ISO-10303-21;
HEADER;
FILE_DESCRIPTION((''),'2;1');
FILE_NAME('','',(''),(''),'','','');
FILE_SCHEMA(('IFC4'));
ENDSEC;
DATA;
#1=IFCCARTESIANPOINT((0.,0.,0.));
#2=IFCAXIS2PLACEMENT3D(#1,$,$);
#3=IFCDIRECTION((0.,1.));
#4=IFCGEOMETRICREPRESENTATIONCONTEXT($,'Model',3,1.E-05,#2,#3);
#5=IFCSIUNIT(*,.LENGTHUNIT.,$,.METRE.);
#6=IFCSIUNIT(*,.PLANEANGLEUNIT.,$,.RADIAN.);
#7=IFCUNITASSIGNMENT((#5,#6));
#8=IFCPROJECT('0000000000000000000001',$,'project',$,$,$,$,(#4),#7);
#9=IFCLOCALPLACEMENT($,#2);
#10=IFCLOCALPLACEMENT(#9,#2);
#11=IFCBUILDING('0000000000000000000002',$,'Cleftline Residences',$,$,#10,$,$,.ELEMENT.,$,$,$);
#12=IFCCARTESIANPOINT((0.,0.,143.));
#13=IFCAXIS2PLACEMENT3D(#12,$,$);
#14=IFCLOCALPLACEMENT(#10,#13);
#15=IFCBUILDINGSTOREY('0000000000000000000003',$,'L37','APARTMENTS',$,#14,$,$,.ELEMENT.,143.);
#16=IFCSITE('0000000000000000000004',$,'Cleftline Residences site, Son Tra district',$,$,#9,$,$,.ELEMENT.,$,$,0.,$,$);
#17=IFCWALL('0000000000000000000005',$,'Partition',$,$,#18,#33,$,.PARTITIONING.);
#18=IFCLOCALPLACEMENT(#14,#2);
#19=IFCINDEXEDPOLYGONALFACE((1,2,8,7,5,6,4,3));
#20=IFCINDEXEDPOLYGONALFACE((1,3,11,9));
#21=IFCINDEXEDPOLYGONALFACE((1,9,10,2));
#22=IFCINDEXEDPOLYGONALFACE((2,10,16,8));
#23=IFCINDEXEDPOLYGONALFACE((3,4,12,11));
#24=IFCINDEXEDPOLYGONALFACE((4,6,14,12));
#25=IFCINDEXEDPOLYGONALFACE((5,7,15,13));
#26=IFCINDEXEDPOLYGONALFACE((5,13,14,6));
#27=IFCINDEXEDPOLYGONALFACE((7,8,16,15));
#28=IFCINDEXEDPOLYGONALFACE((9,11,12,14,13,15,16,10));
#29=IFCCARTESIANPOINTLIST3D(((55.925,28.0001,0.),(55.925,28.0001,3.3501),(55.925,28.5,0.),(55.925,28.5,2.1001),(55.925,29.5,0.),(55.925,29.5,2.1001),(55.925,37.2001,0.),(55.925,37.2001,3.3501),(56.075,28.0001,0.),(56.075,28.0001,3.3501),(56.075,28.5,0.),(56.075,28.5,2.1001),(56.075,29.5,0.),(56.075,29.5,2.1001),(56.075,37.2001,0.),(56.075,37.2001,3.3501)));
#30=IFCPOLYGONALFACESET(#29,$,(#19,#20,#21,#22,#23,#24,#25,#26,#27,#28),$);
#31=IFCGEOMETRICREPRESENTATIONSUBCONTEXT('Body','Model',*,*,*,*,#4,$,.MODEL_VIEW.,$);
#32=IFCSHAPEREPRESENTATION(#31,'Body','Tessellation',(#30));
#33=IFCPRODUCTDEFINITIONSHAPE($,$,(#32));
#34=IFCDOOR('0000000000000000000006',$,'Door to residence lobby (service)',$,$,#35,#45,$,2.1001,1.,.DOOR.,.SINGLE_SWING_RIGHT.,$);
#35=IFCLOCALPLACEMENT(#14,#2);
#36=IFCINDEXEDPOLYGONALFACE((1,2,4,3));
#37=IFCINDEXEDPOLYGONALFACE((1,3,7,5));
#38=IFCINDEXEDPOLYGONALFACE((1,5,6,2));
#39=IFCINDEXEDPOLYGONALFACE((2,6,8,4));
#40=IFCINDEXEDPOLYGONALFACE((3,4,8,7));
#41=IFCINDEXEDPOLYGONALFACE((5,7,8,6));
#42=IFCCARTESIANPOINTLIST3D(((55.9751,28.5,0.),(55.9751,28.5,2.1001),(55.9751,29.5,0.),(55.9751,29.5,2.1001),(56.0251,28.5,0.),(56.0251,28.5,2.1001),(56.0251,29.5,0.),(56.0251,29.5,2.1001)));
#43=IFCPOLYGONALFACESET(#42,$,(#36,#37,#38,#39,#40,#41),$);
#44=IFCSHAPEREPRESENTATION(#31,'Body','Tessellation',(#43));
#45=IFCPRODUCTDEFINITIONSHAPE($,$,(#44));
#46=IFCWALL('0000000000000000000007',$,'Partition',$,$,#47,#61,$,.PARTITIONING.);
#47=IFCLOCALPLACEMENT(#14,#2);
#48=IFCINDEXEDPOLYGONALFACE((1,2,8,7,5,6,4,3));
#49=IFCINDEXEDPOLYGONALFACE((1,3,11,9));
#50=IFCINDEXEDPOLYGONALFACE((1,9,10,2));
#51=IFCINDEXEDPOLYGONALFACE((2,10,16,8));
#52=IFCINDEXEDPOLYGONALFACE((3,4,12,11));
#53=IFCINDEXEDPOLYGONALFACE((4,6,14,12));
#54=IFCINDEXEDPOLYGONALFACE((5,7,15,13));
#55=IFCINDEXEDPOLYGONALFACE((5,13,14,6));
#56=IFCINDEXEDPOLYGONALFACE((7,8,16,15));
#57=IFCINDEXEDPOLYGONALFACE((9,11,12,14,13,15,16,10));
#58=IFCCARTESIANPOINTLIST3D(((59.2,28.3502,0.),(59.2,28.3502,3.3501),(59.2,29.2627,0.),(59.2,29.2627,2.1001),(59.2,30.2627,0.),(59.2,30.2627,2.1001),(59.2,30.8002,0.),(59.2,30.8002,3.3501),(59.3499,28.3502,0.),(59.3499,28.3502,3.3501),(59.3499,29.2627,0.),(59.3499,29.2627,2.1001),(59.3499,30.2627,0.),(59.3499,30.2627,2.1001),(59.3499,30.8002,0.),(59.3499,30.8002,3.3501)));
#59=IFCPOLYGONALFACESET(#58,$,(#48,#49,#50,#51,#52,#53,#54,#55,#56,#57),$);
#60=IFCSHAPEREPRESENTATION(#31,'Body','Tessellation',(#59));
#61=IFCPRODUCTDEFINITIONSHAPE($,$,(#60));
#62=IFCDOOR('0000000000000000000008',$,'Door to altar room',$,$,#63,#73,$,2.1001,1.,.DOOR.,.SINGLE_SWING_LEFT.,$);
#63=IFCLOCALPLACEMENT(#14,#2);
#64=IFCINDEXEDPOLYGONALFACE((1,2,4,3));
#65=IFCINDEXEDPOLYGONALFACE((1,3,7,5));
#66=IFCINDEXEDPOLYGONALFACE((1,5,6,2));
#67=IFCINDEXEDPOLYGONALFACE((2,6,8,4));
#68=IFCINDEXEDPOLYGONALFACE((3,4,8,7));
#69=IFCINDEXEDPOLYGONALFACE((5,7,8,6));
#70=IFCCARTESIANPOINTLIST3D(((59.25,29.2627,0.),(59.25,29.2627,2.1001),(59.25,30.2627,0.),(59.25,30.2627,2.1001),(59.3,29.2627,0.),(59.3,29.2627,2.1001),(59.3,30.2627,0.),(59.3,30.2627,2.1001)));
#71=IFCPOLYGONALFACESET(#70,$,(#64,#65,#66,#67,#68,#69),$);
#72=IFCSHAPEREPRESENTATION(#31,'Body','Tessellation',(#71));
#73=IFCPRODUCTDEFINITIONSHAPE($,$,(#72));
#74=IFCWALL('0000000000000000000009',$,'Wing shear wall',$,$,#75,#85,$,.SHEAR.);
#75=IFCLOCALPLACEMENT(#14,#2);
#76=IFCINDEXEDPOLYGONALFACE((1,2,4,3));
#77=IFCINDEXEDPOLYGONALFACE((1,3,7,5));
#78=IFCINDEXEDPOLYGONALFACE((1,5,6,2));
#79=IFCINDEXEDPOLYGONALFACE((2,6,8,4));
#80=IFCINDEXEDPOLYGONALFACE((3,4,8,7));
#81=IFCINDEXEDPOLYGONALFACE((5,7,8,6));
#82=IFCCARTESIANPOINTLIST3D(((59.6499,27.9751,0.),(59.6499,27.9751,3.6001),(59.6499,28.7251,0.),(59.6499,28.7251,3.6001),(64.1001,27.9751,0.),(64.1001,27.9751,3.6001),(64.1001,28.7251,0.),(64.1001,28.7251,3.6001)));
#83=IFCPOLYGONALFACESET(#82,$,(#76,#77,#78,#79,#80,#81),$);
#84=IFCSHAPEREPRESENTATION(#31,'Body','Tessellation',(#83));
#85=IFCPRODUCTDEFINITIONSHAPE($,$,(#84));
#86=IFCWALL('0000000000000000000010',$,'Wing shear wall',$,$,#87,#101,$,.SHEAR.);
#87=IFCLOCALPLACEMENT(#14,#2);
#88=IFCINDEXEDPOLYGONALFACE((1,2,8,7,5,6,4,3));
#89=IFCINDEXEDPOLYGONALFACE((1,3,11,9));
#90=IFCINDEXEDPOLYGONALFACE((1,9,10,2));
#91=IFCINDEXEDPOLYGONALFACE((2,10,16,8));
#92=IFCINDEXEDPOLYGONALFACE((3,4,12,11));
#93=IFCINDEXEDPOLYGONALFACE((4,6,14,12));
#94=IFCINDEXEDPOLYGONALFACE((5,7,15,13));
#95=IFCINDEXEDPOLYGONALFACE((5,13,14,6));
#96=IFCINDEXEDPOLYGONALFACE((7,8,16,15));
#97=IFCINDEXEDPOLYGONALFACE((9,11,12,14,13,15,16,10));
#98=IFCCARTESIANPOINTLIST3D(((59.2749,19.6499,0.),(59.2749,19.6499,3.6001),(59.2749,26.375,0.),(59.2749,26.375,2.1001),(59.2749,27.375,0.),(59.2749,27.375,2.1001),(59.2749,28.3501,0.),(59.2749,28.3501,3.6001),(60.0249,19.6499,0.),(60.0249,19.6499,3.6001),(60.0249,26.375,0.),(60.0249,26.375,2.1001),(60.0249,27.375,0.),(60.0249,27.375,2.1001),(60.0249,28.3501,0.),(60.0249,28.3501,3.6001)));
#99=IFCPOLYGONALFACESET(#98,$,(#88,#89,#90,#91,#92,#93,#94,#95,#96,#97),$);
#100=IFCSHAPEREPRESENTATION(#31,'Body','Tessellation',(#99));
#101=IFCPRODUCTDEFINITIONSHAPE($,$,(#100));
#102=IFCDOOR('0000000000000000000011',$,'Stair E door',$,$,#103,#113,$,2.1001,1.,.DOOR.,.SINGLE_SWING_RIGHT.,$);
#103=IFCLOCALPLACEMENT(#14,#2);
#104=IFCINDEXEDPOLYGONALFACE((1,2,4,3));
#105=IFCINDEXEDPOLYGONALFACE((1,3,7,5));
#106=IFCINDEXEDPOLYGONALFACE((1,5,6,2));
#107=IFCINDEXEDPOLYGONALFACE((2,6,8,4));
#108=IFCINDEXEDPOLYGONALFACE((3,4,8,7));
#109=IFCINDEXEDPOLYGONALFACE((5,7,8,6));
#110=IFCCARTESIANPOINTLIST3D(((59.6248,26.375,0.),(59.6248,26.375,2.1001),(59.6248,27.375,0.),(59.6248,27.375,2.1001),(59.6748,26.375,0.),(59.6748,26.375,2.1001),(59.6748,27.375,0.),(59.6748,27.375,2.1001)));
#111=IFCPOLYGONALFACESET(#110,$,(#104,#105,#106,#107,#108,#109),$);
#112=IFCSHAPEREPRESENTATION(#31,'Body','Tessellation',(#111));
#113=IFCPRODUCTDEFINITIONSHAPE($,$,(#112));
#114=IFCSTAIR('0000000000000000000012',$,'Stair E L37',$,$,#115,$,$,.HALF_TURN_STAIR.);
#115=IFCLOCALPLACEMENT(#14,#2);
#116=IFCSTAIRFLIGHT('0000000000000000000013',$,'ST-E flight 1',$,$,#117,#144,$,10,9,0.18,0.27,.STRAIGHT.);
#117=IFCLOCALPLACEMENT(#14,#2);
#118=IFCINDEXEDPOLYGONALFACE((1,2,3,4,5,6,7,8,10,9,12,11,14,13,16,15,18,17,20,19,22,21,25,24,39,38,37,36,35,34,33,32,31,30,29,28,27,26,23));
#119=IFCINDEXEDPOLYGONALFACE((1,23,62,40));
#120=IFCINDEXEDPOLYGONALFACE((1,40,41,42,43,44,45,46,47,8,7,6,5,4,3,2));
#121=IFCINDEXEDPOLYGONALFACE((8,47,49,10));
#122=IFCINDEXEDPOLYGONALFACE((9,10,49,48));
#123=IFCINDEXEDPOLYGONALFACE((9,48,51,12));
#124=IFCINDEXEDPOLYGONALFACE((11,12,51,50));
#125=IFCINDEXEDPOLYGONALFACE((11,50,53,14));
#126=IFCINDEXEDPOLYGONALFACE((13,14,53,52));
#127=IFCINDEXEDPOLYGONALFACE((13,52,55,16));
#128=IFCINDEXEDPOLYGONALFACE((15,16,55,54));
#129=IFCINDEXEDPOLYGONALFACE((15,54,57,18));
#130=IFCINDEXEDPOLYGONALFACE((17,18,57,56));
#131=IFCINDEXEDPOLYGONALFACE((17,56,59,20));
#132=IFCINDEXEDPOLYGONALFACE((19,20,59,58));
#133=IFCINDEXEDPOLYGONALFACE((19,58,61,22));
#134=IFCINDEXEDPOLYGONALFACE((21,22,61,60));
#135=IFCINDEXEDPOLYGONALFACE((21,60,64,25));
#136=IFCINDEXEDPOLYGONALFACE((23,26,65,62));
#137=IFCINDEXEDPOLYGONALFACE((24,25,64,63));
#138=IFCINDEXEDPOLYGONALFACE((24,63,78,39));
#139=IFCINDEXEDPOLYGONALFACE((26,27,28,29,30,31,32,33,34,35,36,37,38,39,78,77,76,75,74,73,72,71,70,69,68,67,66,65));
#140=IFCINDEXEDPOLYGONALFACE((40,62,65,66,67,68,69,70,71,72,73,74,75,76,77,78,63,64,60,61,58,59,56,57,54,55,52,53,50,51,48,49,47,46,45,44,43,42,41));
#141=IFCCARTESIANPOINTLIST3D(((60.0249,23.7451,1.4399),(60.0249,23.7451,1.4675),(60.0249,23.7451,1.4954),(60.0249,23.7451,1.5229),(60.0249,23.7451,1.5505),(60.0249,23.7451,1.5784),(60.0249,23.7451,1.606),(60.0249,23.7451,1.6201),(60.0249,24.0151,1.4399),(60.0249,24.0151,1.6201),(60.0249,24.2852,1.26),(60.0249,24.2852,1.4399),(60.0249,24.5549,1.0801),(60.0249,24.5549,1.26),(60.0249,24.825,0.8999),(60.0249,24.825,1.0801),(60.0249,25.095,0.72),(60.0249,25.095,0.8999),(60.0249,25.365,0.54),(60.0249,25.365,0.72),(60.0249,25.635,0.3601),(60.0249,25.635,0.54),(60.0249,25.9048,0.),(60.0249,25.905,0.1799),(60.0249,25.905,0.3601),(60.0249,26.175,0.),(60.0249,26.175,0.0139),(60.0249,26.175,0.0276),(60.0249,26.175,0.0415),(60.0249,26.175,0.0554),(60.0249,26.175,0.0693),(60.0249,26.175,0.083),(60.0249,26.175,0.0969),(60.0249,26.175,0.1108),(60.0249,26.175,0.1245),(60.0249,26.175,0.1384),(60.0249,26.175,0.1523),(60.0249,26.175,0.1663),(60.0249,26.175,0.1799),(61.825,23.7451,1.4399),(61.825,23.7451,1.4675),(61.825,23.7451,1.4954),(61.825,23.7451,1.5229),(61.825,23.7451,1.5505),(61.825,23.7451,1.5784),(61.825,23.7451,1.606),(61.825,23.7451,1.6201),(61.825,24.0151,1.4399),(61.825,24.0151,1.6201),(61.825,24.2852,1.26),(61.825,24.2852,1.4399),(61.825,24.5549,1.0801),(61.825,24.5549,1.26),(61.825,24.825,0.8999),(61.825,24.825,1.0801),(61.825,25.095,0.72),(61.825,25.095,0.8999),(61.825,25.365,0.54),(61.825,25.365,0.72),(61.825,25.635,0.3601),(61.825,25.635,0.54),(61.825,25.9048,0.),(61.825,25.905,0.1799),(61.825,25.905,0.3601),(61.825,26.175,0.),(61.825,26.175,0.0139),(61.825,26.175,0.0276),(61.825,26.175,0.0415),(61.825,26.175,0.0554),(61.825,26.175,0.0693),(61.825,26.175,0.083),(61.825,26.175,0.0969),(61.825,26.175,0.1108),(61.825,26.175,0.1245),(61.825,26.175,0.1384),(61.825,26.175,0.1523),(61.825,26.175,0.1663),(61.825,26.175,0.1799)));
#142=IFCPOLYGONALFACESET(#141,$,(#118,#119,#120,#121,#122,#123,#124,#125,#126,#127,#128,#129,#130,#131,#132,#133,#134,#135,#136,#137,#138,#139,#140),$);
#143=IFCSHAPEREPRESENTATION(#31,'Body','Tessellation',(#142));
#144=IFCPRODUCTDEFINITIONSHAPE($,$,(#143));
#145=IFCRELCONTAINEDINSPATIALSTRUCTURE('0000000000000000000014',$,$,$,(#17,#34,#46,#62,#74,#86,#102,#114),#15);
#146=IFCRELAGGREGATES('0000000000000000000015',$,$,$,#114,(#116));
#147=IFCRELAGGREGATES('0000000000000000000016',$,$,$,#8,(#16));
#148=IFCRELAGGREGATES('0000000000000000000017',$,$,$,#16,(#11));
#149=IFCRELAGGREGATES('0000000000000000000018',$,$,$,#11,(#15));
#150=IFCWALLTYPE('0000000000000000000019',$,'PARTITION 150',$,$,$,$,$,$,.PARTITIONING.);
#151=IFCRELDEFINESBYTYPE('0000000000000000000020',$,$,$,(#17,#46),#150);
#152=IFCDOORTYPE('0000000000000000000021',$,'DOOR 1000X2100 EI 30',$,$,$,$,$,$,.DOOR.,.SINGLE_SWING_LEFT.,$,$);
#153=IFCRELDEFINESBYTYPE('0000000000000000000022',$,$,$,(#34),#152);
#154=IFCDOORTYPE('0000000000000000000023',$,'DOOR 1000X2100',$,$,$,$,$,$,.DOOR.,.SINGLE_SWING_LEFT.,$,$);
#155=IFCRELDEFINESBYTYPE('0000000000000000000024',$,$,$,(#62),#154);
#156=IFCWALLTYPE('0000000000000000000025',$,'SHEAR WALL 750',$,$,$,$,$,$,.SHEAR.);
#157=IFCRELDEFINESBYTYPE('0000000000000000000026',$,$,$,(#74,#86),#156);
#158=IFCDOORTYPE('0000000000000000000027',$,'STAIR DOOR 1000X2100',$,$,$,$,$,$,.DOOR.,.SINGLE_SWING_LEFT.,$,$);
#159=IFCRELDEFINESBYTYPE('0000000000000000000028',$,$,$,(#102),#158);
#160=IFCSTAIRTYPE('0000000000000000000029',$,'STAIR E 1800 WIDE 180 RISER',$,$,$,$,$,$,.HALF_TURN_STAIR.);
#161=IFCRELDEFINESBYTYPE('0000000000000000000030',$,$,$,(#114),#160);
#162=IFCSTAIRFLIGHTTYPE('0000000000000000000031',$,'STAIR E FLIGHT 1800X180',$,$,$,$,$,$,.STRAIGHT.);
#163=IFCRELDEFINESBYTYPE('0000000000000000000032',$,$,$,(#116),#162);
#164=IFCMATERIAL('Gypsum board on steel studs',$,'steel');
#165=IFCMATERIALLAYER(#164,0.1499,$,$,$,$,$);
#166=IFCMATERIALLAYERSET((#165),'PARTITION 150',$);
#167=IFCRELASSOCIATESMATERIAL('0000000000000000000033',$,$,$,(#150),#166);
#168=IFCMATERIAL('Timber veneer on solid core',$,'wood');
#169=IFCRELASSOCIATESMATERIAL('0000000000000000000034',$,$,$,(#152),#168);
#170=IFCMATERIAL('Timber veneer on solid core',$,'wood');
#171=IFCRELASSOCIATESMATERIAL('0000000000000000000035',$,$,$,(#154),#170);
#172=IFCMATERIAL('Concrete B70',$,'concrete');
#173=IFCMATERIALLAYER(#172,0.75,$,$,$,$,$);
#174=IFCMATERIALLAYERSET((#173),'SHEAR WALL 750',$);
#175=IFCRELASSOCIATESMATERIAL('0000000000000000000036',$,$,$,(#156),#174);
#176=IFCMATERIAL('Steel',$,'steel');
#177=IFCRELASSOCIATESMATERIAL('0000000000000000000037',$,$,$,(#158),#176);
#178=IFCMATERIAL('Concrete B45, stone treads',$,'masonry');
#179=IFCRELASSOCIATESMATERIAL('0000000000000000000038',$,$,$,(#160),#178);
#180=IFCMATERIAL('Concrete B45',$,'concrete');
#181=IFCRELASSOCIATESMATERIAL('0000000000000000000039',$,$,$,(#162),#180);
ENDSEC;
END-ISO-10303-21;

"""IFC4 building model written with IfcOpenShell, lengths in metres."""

from ifc_helpers import new_model, si_unit, direction, frame, frame_2d, origin, place, context, subcontext, project, spatial, polyline, rectangle, outline, extrude, material, layer, layer_set, type_object, element, fill, aggregate, save


model = new_model("IFC4")

# Units and contexts
model_context = context("Model", 3, precision=1e-05, world=origin(), true_north=direction((0.0, 1.0)))
body_context = subcontext(model_context, "Body", "Model", "MODEL_VIEW")
ifc_project = project(units=[si_unit("LENGTHUNIT", "METRE"), si_unit("PLANEANGLEUNIT", "RADIAN")], contexts=[model_context])

# Site, building, storey
site_placement = place(None, origin())
site = spatial("IfcSite", under=ifc_project, at=site_placement, Name="Cleftline Residences site, Son Tra district", CompositionType="ELEMENT", RefElevation=0.0)
building_placement = place(site_placement, origin())
building = spatial("IfcBuilding", under=site, at=building_placement, Name="Cleftline Residences", CompositionType="ELEMENT")
storey_placement = place(building_placement, frame((0.0, 0.0, 143.0)))
storey = spatial("IfcBuildingStorey", under=building, at=storey_placement, Name="L37", Description="APARTMENTS", CompositionType="ELEMENT", Elevation=143.0)

# Shared definitions
ifc_material_1 = material(Name="Gypsum board on steel studs", Category="steel")
ifc_layer_1 = layer(ifc_material_1, 0.1499)
ifc_layer_set_1 = layer_set([ifc_layer_1], Name="PARTITION 150")
wall_type_1 = type_object("IfcWallType", Name="PARTITION 150", PredefinedType="PARTITIONING", material=ifc_layer_set_1)

# Walls, openings, doors
wall_1_placement = place(storey_placement, frame((56.0, 28.0, 0.0), z_axis=(0.0, 0.0, 1.0), x_axis=(0.0, 1.0, 0.0)))
wall_1 = element("IfcWall", 1, at=wall_1_placement, inside=storey, type_object=wall_type_1, Name="Partition", PredefinedType="PARTITIONING", context=body_context, shape_type="SweptSolid", body=[
    extrude(rectangle(XDim=9.2, YDim=0.1499, at=frame_2d((4.6001, 0.0))), origin(), (0.0, 0.0, 1.0), 3.3501),
])
opening_1_placement = place(wall_1_placement, frame((0.5, 0.0, 0.0)))
opening_1 = element("IfcOpeningElement", 2, at=opening_1_placement, cuts=wall_1, PredefinedType="OPENING", context=body_context, shape_type="SweptSolid", body=[
    extrude(rectangle(XDim=1.0, YDim=2.1001, at=frame_2d((0.5, 1.05))), frame((0.0, 0.085, 0.0), z_axis=(0.0, -1.0, 0.0), x_axis=(1.0, 0.0, 0.0)), (0.0, 0.0, 1.0), 0.1699),
])
ifc_material_2 = material(Name="Timber veneer on solid core", Category="wood")
door_type_1 = type_object("IfcDoorType", Name="DOOR 1000X2100 EI 30", OperationType="SINGLE_SWING_LEFT", PredefinedType="DOOR", material=ifc_material_2)
door_1_placement = place(opening_1_placement, origin())
door_1 = element("IfcDoor", 3, at=door_1_placement, inside=storey, type_object=door_type_1, Name="Door to residence lobby (service)", OperationType="SINGLE_SWING_RIGHT", OverallHeight=2.1001, OverallWidth=1.0, PredefinedType="DOOR", context=body_context, shape_type="SweptSolid", body=[
    extrude(rectangle(XDim=1.0, YDim=2.1001, at=frame_2d((0.5, 1.05))), frame((0.0, 0.0249, 0.0), z_axis=(0.0, -1.0, 0.0), x_axis=(1.0, 0.0, 0.0)), (0.0, 0.0, 1.0), 0.05),
])
fill(opening_1, door_1)
wall_2_placement = place(storey_placement, frame((59.2749, 28.3501, 0.0), z_axis=(0.0, 0.0, 1.0), x_axis=(0.0, 1.0, 0.0)))
wall_2 = element("IfcWall", 4, at=wall_2_placement, inside=storey, type_object=wall_type_1, Name="Partition", PredefinedType="PARTITIONING", context=body_context, shape_type="SweptSolid", body=[
    extrude(rectangle(XDim=2.45, YDim=0.1499, at=frame_2d((1.2251, 0.0))), origin(), (0.0, 0.0, 1.0), 3.3501),
])
opening_2_placement = place(wall_2_placement, frame((0.9126, 0.0, 0.0)))
opening_2 = element("IfcOpeningElement", 5, at=opening_2_placement, cuts=wall_2, PredefinedType="OPENING", context=body_context, shape_type="SweptSolid", body=[
    extrude(rectangle(XDim=1.0, YDim=2.1001, at=frame_2d((0.5, 1.05))), frame((0.0, 0.085, 0.0), z_axis=(0.0, -1.0, 0.0), x_axis=(1.0, 0.0, 0.0)), (0.0, 0.0, 1.0), 0.1699),
])
ifc_material_3 = material(Name="Timber veneer on solid core", Category="wood")
door_type_2 = type_object("IfcDoorType", Name="DOOR 1000X2100", OperationType="SINGLE_SWING_LEFT", PredefinedType="DOOR", material=ifc_material_3)
door_2_placement = place(opening_2_placement, origin())
door_2 = element("IfcDoor", 6, at=door_2_placement, inside=storey, type_object=door_type_2, Name="Door to altar room", OperationType="SINGLE_SWING_LEFT", OverallHeight=2.1001, OverallWidth=1.0, PredefinedType="DOOR", context=body_context, shape_type="SweptSolid", body=[
    extrude(rectangle(XDim=1.0, YDim=2.1001, at=frame_2d((0.5, 1.05))), frame((0.0, 0.0249, 0.0), z_axis=(0.0, -1.0, 0.0), x_axis=(1.0, 0.0, 0.0)), (0.0, 0.0, 1.0), 0.05),
])
fill(opening_2, door_2)

# Wall
ifc_material_4 = material(Name="Concrete B70", Category="concrete")
ifc_layer_2 = layer(ifc_material_4, 0.75)
ifc_layer_set_2 = layer_set([ifc_layer_2], Name="SHEAR WALL 750")
wall_type_2 = type_object("IfcWallType", Name="SHEAR WALL 750", PredefinedType="SHEAR", material=ifc_layer_set_2)
wall_3_placement = place(storey_placement, frame((64.1001, 28.3501, 0.0), z_axis=(0.0, 0.0, 1.0), x_axis=(-1.0, 0.0, 0.0)))
element("IfcWall", 7, at=wall_3_placement, inside=storey, type_object=wall_type_2, Name="Wing shear wall", PredefinedType="SHEAR", context=body_context, shape_type="SweptSolid", body=[
    extrude(rectangle(XDim=4.4502, YDim=0.75, at=frame_2d((2.2251, 0.0))), origin(), (0.0, 0.0, 1.0), 3.6001),
])

# Wall, opening, door
wall_4_placement = place(storey_placement, frame((59.6499, 28.3501, 0.0), z_axis=(0.0, 0.0, 1.0), x_axis=(0.0, -1.0, 0.0)))
wall_4 = element("IfcWall", 8, at=wall_4_placement, inside=storey, type_object=wall_type_2, Name="Wing shear wall", PredefinedType="SHEAR", context=body_context, shape_type="SweptSolid", body=[
    extrude(rectangle(XDim=8.7002, YDim=0.75, at=frame_2d((4.3501, 0.0))), origin(), (0.0, 0.0, 1.0), 3.6001),
])
opening_3_placement = place(wall_4_placement, frame((0.9751, 0.0, 0.0)))
opening_3 = element("IfcOpeningElement", 9, at=opening_3_placement, cuts=wall_4, PredefinedType="OPENING", context=body_context, shape_type="SweptSolid", body=[
    extrude(rectangle(XDim=1.0, YDim=2.1001, at=frame_2d((0.5, 1.05))), frame((0.0, 0.385, 0.0), z_axis=(0.0, -1.0, 0.0), x_axis=(1.0, 0.0, 0.0)), (0.0, 0.0, 1.0), 0.77),
])
ifc_material_5 = material(Name="Steel", Category="steel")
door_type_3 = type_object("IfcDoorType", Name="STAIR DOOR 1000X2100", OperationType="SINGLE_SWING_LEFT", PredefinedType="DOOR", material=ifc_material_5)
door_3_placement = place(opening_3_placement, origin())
door_3 = element("IfcDoor", 10, at=door_3_placement, inside=storey, type_object=door_type_3, Name="Stair E door", OperationType="SINGLE_SWING_RIGHT", OverallHeight=2.1001, OverallWidth=1.0, PredefinedType="DOOR", context=body_context, shape_type="SweptSolid", body=[
    extrude(rectangle(XDim=1.0, YDim=2.1001, at=frame_2d((0.5, 1.05))), frame((0.0, 0.0249, 0.0), z_axis=(0.0, -1.0, 0.0), x_axis=(1.0, 0.0, 0.0)), (0.0, 0.0, 1.0), 0.05),
])
fill(opening_3, door_3)

# Stair, stair flight
ifc_material_6 = material(Name="Concrete B45, stone treads", Category="masonry")
stair_type = type_object("IfcStairType", Name="STAIR E 1800 WIDE 180 RISER", PredefinedType="HALF_TURN_STAIR", material=ifc_material_6)
stair_placement = place(storey_placement, origin())
stair = element("IfcStair", 11, at=stair_placement, inside=storey, type_object=stair_type, Name="Stair E L37", PredefinedType="HALF_TURN_STAIR")
ifc_material_7 = material(Name="Concrete B45", Category="concrete")
stair_flight_type = type_object("IfcStairFlightType", Name="STAIR E FLIGHT 1800X180", PredefinedType="STRAIGHT", material=ifc_material_7)
stair_flight_placement = place(storey_placement, frame((60.925, 26.175, 0.0), z_axis=(0.0, 0.0, 1.0), x_axis=(0.0, -1.0, 0.0)))
stair_flight = element("IfcStairFlight", 12, at=stair_flight_placement, type_object=stair_flight_type, Name="ST-E flight 1", NumberOfRisers=10, NumberOfTreads=9, PredefinedType="STRAIGHT", RiserHeight=0.18, TreadLength=0.27, context=body_context, shape_type="SweptSolid", body=[
    extrude(outline(polyline([(0.0, 0.0), (0.0, 0.0139), (0.0, 0.0276), (0.0, 0.0415), (0.0, 0.0554), (0.0, 0.0693), (0.0, 0.083), (0.0, 0.0969), (0.0, 0.1108), (0.0, 0.1245), (0.0, 0.1384), (0.0, 0.1523), (0.0, 0.1663), (0.0, 0.1799), (0.27, 0.1799), (0.27, 0.3601), (0.54, 0.3601), (0.54, 0.54), (0.8101, 0.54), (0.8101, 0.72), (1.0801, 0.72), (1.0801, 0.8999), (1.3501, 0.8999), (1.3501, 1.0801), (1.6201, 1.0801), (1.6201, 1.26), (1.8899, 1.26), (1.8899, 1.4399), (2.1599, 1.4399), (2.1599, 1.6201), (2.4299, 1.6201), (2.4299, 1.8), (2.4299, 1.7722), (2.4299, 1.7446), (2.4299, 1.7168), (2.4299, 1.6892), (2.4299, 1.6614), (2.4299, 1.6338), (2.4299, 1.606), (2.4299, 1.5784), (2.4299, 1.5505), (2.4299, 1.5229), (2.4299, 1.4954), (2.4299, 1.4675), (2.4299, 1.4399), (0.2703, 0.0), (0.0, 0.0)])), frame((0.0, 0.8999, 0.0), z_axis=(0.0, -1.0, 0.0), x_axis=(1.0, 0.0, 0.0)), (0.0, 0.0, 1.0), 1.8),
])
aggregate(stair, [stair_flight])

save(model, "model.ifc")
